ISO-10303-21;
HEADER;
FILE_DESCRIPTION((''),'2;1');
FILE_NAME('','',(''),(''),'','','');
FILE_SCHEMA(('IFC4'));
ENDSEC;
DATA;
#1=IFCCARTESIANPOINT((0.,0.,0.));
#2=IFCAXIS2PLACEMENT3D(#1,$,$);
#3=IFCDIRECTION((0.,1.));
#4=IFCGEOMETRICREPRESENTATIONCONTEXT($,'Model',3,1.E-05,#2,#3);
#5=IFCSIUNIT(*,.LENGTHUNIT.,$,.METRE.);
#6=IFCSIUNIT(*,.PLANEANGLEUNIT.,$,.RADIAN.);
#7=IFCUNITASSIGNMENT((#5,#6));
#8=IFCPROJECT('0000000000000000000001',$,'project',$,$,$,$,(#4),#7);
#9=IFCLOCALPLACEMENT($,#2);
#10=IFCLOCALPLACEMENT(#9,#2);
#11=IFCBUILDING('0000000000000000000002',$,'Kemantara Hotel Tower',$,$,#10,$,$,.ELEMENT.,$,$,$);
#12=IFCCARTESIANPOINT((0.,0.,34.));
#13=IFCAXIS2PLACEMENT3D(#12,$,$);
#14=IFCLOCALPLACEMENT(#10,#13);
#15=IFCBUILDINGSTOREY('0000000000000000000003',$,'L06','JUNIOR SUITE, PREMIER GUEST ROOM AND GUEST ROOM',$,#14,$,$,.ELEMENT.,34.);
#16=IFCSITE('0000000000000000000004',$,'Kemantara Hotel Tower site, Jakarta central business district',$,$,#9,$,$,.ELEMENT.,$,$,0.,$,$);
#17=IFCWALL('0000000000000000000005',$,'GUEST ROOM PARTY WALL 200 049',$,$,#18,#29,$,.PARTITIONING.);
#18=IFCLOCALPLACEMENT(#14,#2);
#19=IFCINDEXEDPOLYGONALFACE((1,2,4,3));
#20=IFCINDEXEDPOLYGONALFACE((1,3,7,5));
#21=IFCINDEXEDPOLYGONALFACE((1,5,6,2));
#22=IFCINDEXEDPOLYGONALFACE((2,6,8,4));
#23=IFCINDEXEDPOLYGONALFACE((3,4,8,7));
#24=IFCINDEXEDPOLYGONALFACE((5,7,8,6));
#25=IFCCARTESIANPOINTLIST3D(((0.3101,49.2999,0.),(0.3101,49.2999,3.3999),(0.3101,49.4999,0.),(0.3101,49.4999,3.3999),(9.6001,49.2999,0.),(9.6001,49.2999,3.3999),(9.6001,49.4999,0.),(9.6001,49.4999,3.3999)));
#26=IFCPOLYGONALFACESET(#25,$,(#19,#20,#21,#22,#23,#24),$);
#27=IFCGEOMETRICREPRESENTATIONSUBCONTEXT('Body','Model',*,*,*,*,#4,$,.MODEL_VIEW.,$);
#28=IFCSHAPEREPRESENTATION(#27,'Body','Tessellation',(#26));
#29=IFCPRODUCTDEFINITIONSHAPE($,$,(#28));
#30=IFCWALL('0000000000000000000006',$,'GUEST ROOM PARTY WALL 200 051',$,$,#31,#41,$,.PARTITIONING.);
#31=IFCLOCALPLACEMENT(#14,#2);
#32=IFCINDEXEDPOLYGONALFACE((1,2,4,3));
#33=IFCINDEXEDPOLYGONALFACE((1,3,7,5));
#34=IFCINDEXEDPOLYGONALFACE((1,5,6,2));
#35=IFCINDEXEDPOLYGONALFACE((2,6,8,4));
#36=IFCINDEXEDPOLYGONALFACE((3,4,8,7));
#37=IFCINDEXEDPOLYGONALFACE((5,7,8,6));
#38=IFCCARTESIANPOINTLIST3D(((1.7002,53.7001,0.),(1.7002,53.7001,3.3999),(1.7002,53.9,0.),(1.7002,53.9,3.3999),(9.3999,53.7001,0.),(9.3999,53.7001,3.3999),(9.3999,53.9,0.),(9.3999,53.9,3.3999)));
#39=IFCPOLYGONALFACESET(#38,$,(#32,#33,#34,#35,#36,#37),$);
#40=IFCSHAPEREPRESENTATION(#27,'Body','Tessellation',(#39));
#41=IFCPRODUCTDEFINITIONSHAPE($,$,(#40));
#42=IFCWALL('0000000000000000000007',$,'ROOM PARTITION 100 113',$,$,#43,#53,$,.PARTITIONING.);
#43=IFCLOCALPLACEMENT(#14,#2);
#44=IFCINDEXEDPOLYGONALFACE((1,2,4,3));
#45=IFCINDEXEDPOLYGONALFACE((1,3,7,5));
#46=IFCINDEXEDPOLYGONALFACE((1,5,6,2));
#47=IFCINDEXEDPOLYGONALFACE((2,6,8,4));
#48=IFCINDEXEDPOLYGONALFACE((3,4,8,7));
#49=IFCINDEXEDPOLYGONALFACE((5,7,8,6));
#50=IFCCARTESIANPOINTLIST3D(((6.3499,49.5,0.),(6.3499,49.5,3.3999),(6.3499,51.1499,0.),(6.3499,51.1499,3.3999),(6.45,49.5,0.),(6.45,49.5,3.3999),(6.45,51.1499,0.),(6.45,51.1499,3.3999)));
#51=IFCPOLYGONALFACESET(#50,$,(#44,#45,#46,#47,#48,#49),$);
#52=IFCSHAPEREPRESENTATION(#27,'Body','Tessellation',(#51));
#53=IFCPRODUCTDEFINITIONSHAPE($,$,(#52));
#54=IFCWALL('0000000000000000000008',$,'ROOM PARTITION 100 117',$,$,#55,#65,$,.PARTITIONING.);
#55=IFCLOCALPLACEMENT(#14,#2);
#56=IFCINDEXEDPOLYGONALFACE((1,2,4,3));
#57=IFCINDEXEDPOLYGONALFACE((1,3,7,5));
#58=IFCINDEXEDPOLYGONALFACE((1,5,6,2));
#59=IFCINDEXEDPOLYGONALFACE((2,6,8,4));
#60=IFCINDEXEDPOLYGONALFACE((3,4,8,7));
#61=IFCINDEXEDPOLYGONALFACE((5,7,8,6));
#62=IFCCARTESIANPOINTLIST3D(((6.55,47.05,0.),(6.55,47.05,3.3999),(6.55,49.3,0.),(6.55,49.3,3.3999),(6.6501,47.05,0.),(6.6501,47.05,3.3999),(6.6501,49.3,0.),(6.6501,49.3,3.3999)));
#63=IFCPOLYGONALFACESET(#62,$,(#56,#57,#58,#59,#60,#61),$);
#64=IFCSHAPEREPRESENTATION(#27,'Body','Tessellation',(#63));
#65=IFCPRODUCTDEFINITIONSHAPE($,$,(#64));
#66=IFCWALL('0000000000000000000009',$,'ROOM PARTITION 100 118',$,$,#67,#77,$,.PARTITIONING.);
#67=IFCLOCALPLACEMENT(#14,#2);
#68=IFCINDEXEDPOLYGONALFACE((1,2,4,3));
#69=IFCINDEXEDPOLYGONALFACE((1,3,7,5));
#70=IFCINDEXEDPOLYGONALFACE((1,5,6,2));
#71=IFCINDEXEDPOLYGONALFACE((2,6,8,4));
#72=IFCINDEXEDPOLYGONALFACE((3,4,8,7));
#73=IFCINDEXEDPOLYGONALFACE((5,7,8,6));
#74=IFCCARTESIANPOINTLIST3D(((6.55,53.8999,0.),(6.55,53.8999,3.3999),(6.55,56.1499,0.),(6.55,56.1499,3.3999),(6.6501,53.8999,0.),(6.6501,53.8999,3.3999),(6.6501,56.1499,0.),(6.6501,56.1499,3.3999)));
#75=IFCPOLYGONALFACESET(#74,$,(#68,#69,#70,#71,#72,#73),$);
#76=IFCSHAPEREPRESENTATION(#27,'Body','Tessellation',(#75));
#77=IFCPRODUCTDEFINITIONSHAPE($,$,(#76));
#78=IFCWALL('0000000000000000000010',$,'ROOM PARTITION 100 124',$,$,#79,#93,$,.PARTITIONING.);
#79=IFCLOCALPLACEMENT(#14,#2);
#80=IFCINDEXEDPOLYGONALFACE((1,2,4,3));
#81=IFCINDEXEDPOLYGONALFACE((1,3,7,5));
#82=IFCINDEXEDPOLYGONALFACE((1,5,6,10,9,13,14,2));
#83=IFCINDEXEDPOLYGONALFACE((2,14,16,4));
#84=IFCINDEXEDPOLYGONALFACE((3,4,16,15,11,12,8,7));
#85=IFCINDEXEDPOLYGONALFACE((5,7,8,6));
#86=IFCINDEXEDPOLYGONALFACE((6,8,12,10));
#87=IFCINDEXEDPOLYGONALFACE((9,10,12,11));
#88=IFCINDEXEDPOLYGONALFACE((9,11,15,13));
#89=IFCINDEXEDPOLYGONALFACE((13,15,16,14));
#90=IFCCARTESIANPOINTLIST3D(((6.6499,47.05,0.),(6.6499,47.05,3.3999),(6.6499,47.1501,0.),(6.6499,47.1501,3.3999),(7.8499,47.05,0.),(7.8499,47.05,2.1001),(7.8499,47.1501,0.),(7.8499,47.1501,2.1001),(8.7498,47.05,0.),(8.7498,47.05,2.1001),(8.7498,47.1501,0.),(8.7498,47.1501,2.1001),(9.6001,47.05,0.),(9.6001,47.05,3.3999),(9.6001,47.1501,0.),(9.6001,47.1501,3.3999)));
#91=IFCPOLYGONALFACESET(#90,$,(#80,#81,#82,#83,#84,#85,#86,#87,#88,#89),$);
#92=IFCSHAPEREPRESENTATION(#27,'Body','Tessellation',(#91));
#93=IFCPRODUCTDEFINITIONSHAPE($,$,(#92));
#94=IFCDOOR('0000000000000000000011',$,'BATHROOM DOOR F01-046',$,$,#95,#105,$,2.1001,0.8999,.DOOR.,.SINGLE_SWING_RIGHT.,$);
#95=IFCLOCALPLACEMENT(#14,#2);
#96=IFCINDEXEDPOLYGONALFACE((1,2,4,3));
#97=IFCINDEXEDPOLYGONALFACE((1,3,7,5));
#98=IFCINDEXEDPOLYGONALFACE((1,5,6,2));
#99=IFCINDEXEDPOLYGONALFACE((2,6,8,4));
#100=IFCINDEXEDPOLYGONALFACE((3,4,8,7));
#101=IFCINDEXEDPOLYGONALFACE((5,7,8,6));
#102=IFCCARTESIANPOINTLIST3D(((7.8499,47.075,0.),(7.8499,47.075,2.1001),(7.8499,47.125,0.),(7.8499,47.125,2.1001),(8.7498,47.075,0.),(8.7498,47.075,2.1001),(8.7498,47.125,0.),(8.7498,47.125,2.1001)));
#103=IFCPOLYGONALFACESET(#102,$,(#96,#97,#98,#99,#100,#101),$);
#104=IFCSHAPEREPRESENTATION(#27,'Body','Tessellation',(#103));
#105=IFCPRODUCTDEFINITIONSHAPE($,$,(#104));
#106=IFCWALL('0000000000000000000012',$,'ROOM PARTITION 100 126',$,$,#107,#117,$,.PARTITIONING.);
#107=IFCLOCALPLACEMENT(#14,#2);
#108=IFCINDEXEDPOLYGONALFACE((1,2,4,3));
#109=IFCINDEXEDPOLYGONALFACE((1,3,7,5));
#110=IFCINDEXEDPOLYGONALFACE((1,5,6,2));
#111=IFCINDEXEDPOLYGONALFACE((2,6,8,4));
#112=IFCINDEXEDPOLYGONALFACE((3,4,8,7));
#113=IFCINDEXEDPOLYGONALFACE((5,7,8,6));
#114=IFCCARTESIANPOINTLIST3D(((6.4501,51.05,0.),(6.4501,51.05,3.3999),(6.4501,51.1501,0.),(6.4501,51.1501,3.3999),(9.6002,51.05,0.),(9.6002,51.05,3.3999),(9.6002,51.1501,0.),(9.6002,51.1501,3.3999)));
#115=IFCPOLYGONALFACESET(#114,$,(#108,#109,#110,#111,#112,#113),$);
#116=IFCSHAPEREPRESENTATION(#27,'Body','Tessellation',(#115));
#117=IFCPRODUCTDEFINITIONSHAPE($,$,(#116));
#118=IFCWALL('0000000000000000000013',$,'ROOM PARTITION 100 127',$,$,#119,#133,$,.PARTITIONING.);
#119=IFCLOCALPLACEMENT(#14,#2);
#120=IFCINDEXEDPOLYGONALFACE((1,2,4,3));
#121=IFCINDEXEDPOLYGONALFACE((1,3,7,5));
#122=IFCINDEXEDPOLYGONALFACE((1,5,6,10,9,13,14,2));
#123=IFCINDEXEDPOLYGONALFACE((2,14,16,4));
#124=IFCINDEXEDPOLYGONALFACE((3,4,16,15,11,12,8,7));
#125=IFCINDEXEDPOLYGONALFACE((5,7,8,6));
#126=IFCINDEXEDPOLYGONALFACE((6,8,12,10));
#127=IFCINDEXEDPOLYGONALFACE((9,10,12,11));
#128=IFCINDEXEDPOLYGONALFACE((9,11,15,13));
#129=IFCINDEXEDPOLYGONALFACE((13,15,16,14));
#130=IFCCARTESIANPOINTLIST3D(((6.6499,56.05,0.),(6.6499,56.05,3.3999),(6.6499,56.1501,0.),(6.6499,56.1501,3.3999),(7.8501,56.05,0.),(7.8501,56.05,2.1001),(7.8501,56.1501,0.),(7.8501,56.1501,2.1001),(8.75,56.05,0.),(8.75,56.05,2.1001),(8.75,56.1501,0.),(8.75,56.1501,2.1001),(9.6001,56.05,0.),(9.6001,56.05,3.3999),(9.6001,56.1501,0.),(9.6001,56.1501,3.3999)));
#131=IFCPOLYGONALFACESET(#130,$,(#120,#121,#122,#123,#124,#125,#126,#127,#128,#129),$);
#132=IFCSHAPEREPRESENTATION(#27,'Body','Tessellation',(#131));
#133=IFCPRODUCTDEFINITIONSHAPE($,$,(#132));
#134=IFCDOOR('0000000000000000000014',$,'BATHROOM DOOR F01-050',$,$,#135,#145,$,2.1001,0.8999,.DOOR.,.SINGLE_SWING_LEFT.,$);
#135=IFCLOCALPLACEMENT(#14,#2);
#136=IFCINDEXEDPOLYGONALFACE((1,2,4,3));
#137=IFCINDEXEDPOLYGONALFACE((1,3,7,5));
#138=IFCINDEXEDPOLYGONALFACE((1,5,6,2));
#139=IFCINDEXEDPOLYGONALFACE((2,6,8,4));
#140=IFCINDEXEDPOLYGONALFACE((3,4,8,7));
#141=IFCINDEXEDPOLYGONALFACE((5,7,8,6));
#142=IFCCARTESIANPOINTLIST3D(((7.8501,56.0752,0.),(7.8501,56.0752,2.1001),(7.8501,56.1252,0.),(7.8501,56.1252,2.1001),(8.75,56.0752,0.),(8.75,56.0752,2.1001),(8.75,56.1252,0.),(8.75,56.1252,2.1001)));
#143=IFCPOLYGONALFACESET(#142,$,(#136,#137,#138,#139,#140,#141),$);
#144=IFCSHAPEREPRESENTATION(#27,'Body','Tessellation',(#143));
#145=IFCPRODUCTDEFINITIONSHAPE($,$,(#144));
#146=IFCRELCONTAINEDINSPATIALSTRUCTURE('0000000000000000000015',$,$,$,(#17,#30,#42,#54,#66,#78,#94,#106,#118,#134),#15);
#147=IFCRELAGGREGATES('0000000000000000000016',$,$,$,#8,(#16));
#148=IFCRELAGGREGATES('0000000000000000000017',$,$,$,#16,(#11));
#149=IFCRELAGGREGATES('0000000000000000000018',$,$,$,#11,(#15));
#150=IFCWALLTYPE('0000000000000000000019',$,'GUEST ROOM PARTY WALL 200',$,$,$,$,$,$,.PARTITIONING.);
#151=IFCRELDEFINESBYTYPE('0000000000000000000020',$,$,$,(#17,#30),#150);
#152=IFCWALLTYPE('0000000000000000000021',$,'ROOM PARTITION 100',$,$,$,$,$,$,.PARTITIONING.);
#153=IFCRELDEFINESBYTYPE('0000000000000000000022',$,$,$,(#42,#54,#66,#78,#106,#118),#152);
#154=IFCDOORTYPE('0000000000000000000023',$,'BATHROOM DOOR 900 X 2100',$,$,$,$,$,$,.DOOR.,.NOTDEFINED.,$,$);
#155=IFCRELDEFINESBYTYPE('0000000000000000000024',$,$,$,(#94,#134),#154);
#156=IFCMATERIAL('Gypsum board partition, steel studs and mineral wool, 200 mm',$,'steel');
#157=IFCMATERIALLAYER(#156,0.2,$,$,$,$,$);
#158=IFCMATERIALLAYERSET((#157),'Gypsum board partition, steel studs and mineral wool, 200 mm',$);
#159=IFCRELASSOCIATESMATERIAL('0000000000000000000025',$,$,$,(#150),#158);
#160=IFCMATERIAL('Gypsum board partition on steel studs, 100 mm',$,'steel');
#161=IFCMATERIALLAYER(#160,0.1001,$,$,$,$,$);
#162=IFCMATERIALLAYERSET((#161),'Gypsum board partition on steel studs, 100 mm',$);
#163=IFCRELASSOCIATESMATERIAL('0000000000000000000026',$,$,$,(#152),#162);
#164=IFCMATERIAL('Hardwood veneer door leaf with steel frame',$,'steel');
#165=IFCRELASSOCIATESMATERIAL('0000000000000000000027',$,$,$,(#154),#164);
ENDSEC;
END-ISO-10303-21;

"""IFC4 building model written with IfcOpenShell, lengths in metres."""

from ifc_helpers import new_model, si_unit, direction, frame, frame_2d, origin, place, context, subcontext, project, spatial, rectangle, extrude, material, layer, layer_set, type_object, element, fill, save


model = new_model("IFC4")

# Units and contexts
model_context = context("Model", 3, precision=1e-05, world=origin(), true_north=direction((0.0, 1.0)))
body_context = subcontext(model_context, "Body", "Model", "MODEL_VIEW")
ifc_project = project(units=[si_unit("LENGTHUNIT", "METRE"), si_unit("PLANEANGLEUNIT", "RADIAN")], contexts=[model_context])

# Site, building, storey
site_placement = place(None, origin())
site = spatial("IfcSite", under=ifc_project, at=site_placement, Name="Kemantara Hotel Tower site, Jakarta central business district", CompositionType="ELEMENT", RefElevation=0.0)
building_placement = place(site_placement, origin())
building = spatial("IfcBuilding", under=site, at=building_placement, Name="Kemantara Hotel Tower", CompositionType="ELEMENT")
storey_placement = place(building_placement, frame((0.0, 0.0, 34.0)))
storey = spatial("IfcBuildingStorey", under=building, at=storey_placement, Name="L06", Description="JUNIOR SUITE, PREMIER GUEST ROOM AND GUEST ROOM", CompositionType="ELEMENT", Elevation=34.0)

# Shared definitions
ifc_material_1 = material(Name="Gypsum board partition, steel studs and mineral wool, 200 mm", Category="steel")
ifc_material_2 = material(Name="Hardwood veneer door leaf with steel frame", Category="steel")

# Walls
ifc_layer_1 = layer(ifc_material_1, 0.2)
ifc_layer_set_1 = layer_set([ifc_layer_1], Name="Gypsum board partition, steel studs and mineral wool, 200 mm")
wall_type_1 = type_object("IfcWallType", Name="GUEST ROOM PARTY WALL 200", PredefinedType="PARTITIONING", material=ifc_layer_set_1)
wall_1_placement = place(storey_placement, frame((0.3101, 49.3999, 0.0), z_axis=(0.0, 0.0, 1.0), x_axis=(1.0, 0.0, 0.0)))
element("IfcWall", 1, at=wall_1_placement, inside=storey, type_object=wall_type_1, Name="GUEST ROOM PARTY WALL 200 049", PredefinedType="PARTITIONING", context=body_context, shape_type="SweptSolid", body=[
    extrude(rectangle(XDim=9.29, YDim=0.2, at=frame_2d((4.645, 0.0))), origin(), (0.0, 0.0, 1.0), 3.3999),
])
wall_2_placement = place(storey_placement, frame((1.7002, 53.8, 0.0), z_axis=(0.0, 0.0, 1.0), x_axis=(1.0, 0.0, 0.0)))
element("IfcWall", 2, at=wall_2_placement, inside=storey, type_object=wall_type_1, Name="GUEST ROOM PARTY WALL 200 051", PredefinedType="PARTITIONING", context=body_context, shape_type="SweptSolid", body=[
    extrude(rectangle(XDim=7.6997, YDim=0.2, at=frame_2d((3.8499, 0.0))), origin(), (0.0, 0.0, 1.0), 3.3999),
])
ifc_material_3 = material(Name="Gypsum board partition on steel studs, 100 mm", Category="steel")
ifc_layer_2 = layer(ifc_material_3, 0.1001)
ifc_layer_set_2 = layer_set([ifc_layer_2], Name="Gypsum board partition on steel studs, 100 mm")
wall_type_2 = type_object("IfcWallType", Name="ROOM PARTITION 100", PredefinedType="PARTITIONING", material=ifc_layer_set_2)
wall_3_placement = place(storey_placement, frame((6.3999, 49.5, 0.0), z_axis=(0.0, 0.0, 1.0), x_axis=(0.0, 1.0, 0.0)))
element("IfcWall", 3, at=wall_3_placement, inside=storey, type_object=wall_type_2, Name="ROOM PARTITION 100 113", PredefinedType="PARTITIONING", context=body_context, shape_type="SweptSolid", body=[
    extrude(rectangle(XDim=1.6499, YDim=0.1001, at=frame_2d((0.825, 0.0))), origin(), (0.0, 0.0, 1.0), 3.3999),
])
for number, where, z_axis, x_axis, name in (
    (4, (6.6001, 47.05, 0.0), (0.0, 0.0, 1.0), (0.0, 1.0, 0.0), "ROOM PARTITION 100 117"),
    (5, (6.6001, 53.8999, 0.0), (0.0, 0.0, 1.0), (0.0, 1.0, 0.0), "ROOM PARTITION 100 118"),
):
    element("IfcWall", number, at=place(storey_placement, frame(where, z_axis=z_axis, x_axis=x_axis)), inside=storey, type_object=wall_type_2, Name=name, PredefinedType="PARTITIONING", context=body_context, shape_type="SweptSolid", body=[
        extrude(rectangle(XDim=2.25, YDim=0.1001, at=frame_2d((1.125, 0.0))), origin(), (0.0, 0.0, 1.0), 3.3999),
    ])

# Wall, opening, door
wall_4_placement = place(storey_placement, frame((6.6499, 47.1001, 0.0), z_axis=(0.0, 0.0, 1.0), x_axis=(1.0, 0.0, 0.0)))
wall_4 = element("IfcWall", 6, at=wall_4_placement, inside=storey, type_object=wall_type_2, Name="ROOM PARTITION 100 124", PredefinedType="PARTITIONING", context=body_context, shape_type="SweptSolid", body=[
    extrude(rectangle(XDim=2.9502, YDim=0.1001, at=frame_2d((1.4751, 0.0))), origin(), (0.0, 0.0, 1.0), 3.3999),
])
opening_1_placement = place(wall_4_placement, frame((1.2, 0.0, 0.0)))
opening_1 = element("IfcOpeningElement", 7, at=opening_1_placement, cuts=wall_4, PredefinedType="OPENING", context=body_context, shape_type="SweptSolid", body=[
    extrude(rectangle(XDim=0.8999, YDim=2.1001, at=frame_2d((0.45, 1.05))), frame((0.0, 0.0601, 0.0), z_axis=(0.0, -1.0, 0.0), x_axis=(1.0, 0.0, 0.0)), (0.0, 0.0, 1.0), 0.1201),
])
door_type_1 = type_object("IfcDoorType", Name="BATHROOM DOOR 900 X 2100", OperationType="NOTDEFINED", PredefinedType="DOOR", material=ifc_material_2)
door_1_placement = place(opening_1_placement, origin())
door_1 = element("IfcDoor", 8, at=door_1_placement, inside=storey, type_object=door_type_1, Name="BATHROOM DOOR F01-046", OperationType="SINGLE_SWING_RIGHT", OverallHeight=2.1001, OverallWidth=0.8999, PredefinedType="DOOR", context=body_context, shape_type="SweptSolid", body=[
    extrude(rectangle(XDim=0.8999, YDim=2.1001, at=frame_2d((0.45, 1.05))), frame((0.0, 0.0249, 0.0), z_axis=(0.0, -1.0, 0.0), x_axis=(1.0, 0.0, 0.0)), (0.0, 0.0, 1.0), 0.05),
])
fill(opening_1, door_1)

# Wall
wall_5_placement = place(storey_placement, frame((6.45, 51.1001, 0.0), z_axis=(0.0, 0.0, 1.0), x_axis=(1.0, 0.0, 0.0)))
element("IfcWall", 9, at=wall_5_placement, inside=storey, type_object=wall_type_2, Name="ROOM PARTITION 100 126", PredefinedType="PARTITIONING", context=body_context, shape_type="SweptSolid", body=[
    extrude(rectangle(XDim=3.1501, YDim=0.1001, at=frame_2d((1.5752, 0.0))), origin(), (0.0, 0.0, 1.0), 3.3999),
])

# Wall, opening, door
wall_6_placement = place(storey_placement, frame((9.6001, 56.1001, 0.0), z_axis=(0.0, 0.0, 1.0), x_axis=(-1.0, 0.0, 0.0)))
wall_6 = element("IfcWall", 10, at=wall_6_placement, inside=storey, type_object=wall_type_2, Name="ROOM PARTITION 100 127", PredefinedType="PARTITIONING", context=body_context, shape_type="SweptSolid", body=[
    extrude(rectangle(XDim=2.9502, YDim=0.1001, at=frame_2d((1.4751, 0.0))), origin(), (0.0, 0.0, 1.0), 3.3999),
])
opening_2_placement = place(wall_6_placement, frame((0.8501, 0.0, 0.0)))
opening_2 = element("IfcOpeningElement", 11, at=opening_2_placement, cuts=wall_6, PredefinedType="OPENING", context=body_context, shape_type="SweptSolid", body=[
    extrude(rectangle(XDim=0.8999, YDim=2.1001, at=frame_2d((0.45, 1.05))), frame((0.0, 0.0601, 0.0), z_axis=(0.0, -1.0, 0.0), x_axis=(1.0, 0.0, 0.0)), (0.0, 0.0, 1.0), 0.1201),
])
door_2_placement = place(opening_2_placement, origin())
door_2 = element("IfcDoor", 12, at=door_2_placement, inside=storey, type_object=door_type_1, Name="BATHROOM DOOR F01-050", OperationType="SINGLE_SWING_LEFT", OverallHeight=2.1001, OverallWidth=0.8999, PredefinedType="DOOR", context=body_context, shape_type="SweptSolid", body=[
    extrude(rectangle(XDim=0.8999, YDim=2.1001, at=frame_2d((0.45, 1.05))), frame((0.0, 0.0249, 0.0), z_axis=(0.0, -1.0, 0.0), x_axis=(1.0, 0.0, 0.0)), (0.0, 0.0, 1.0), 0.05),
])
fill(opening_2, door_2)

save(model, "model.ifc")
